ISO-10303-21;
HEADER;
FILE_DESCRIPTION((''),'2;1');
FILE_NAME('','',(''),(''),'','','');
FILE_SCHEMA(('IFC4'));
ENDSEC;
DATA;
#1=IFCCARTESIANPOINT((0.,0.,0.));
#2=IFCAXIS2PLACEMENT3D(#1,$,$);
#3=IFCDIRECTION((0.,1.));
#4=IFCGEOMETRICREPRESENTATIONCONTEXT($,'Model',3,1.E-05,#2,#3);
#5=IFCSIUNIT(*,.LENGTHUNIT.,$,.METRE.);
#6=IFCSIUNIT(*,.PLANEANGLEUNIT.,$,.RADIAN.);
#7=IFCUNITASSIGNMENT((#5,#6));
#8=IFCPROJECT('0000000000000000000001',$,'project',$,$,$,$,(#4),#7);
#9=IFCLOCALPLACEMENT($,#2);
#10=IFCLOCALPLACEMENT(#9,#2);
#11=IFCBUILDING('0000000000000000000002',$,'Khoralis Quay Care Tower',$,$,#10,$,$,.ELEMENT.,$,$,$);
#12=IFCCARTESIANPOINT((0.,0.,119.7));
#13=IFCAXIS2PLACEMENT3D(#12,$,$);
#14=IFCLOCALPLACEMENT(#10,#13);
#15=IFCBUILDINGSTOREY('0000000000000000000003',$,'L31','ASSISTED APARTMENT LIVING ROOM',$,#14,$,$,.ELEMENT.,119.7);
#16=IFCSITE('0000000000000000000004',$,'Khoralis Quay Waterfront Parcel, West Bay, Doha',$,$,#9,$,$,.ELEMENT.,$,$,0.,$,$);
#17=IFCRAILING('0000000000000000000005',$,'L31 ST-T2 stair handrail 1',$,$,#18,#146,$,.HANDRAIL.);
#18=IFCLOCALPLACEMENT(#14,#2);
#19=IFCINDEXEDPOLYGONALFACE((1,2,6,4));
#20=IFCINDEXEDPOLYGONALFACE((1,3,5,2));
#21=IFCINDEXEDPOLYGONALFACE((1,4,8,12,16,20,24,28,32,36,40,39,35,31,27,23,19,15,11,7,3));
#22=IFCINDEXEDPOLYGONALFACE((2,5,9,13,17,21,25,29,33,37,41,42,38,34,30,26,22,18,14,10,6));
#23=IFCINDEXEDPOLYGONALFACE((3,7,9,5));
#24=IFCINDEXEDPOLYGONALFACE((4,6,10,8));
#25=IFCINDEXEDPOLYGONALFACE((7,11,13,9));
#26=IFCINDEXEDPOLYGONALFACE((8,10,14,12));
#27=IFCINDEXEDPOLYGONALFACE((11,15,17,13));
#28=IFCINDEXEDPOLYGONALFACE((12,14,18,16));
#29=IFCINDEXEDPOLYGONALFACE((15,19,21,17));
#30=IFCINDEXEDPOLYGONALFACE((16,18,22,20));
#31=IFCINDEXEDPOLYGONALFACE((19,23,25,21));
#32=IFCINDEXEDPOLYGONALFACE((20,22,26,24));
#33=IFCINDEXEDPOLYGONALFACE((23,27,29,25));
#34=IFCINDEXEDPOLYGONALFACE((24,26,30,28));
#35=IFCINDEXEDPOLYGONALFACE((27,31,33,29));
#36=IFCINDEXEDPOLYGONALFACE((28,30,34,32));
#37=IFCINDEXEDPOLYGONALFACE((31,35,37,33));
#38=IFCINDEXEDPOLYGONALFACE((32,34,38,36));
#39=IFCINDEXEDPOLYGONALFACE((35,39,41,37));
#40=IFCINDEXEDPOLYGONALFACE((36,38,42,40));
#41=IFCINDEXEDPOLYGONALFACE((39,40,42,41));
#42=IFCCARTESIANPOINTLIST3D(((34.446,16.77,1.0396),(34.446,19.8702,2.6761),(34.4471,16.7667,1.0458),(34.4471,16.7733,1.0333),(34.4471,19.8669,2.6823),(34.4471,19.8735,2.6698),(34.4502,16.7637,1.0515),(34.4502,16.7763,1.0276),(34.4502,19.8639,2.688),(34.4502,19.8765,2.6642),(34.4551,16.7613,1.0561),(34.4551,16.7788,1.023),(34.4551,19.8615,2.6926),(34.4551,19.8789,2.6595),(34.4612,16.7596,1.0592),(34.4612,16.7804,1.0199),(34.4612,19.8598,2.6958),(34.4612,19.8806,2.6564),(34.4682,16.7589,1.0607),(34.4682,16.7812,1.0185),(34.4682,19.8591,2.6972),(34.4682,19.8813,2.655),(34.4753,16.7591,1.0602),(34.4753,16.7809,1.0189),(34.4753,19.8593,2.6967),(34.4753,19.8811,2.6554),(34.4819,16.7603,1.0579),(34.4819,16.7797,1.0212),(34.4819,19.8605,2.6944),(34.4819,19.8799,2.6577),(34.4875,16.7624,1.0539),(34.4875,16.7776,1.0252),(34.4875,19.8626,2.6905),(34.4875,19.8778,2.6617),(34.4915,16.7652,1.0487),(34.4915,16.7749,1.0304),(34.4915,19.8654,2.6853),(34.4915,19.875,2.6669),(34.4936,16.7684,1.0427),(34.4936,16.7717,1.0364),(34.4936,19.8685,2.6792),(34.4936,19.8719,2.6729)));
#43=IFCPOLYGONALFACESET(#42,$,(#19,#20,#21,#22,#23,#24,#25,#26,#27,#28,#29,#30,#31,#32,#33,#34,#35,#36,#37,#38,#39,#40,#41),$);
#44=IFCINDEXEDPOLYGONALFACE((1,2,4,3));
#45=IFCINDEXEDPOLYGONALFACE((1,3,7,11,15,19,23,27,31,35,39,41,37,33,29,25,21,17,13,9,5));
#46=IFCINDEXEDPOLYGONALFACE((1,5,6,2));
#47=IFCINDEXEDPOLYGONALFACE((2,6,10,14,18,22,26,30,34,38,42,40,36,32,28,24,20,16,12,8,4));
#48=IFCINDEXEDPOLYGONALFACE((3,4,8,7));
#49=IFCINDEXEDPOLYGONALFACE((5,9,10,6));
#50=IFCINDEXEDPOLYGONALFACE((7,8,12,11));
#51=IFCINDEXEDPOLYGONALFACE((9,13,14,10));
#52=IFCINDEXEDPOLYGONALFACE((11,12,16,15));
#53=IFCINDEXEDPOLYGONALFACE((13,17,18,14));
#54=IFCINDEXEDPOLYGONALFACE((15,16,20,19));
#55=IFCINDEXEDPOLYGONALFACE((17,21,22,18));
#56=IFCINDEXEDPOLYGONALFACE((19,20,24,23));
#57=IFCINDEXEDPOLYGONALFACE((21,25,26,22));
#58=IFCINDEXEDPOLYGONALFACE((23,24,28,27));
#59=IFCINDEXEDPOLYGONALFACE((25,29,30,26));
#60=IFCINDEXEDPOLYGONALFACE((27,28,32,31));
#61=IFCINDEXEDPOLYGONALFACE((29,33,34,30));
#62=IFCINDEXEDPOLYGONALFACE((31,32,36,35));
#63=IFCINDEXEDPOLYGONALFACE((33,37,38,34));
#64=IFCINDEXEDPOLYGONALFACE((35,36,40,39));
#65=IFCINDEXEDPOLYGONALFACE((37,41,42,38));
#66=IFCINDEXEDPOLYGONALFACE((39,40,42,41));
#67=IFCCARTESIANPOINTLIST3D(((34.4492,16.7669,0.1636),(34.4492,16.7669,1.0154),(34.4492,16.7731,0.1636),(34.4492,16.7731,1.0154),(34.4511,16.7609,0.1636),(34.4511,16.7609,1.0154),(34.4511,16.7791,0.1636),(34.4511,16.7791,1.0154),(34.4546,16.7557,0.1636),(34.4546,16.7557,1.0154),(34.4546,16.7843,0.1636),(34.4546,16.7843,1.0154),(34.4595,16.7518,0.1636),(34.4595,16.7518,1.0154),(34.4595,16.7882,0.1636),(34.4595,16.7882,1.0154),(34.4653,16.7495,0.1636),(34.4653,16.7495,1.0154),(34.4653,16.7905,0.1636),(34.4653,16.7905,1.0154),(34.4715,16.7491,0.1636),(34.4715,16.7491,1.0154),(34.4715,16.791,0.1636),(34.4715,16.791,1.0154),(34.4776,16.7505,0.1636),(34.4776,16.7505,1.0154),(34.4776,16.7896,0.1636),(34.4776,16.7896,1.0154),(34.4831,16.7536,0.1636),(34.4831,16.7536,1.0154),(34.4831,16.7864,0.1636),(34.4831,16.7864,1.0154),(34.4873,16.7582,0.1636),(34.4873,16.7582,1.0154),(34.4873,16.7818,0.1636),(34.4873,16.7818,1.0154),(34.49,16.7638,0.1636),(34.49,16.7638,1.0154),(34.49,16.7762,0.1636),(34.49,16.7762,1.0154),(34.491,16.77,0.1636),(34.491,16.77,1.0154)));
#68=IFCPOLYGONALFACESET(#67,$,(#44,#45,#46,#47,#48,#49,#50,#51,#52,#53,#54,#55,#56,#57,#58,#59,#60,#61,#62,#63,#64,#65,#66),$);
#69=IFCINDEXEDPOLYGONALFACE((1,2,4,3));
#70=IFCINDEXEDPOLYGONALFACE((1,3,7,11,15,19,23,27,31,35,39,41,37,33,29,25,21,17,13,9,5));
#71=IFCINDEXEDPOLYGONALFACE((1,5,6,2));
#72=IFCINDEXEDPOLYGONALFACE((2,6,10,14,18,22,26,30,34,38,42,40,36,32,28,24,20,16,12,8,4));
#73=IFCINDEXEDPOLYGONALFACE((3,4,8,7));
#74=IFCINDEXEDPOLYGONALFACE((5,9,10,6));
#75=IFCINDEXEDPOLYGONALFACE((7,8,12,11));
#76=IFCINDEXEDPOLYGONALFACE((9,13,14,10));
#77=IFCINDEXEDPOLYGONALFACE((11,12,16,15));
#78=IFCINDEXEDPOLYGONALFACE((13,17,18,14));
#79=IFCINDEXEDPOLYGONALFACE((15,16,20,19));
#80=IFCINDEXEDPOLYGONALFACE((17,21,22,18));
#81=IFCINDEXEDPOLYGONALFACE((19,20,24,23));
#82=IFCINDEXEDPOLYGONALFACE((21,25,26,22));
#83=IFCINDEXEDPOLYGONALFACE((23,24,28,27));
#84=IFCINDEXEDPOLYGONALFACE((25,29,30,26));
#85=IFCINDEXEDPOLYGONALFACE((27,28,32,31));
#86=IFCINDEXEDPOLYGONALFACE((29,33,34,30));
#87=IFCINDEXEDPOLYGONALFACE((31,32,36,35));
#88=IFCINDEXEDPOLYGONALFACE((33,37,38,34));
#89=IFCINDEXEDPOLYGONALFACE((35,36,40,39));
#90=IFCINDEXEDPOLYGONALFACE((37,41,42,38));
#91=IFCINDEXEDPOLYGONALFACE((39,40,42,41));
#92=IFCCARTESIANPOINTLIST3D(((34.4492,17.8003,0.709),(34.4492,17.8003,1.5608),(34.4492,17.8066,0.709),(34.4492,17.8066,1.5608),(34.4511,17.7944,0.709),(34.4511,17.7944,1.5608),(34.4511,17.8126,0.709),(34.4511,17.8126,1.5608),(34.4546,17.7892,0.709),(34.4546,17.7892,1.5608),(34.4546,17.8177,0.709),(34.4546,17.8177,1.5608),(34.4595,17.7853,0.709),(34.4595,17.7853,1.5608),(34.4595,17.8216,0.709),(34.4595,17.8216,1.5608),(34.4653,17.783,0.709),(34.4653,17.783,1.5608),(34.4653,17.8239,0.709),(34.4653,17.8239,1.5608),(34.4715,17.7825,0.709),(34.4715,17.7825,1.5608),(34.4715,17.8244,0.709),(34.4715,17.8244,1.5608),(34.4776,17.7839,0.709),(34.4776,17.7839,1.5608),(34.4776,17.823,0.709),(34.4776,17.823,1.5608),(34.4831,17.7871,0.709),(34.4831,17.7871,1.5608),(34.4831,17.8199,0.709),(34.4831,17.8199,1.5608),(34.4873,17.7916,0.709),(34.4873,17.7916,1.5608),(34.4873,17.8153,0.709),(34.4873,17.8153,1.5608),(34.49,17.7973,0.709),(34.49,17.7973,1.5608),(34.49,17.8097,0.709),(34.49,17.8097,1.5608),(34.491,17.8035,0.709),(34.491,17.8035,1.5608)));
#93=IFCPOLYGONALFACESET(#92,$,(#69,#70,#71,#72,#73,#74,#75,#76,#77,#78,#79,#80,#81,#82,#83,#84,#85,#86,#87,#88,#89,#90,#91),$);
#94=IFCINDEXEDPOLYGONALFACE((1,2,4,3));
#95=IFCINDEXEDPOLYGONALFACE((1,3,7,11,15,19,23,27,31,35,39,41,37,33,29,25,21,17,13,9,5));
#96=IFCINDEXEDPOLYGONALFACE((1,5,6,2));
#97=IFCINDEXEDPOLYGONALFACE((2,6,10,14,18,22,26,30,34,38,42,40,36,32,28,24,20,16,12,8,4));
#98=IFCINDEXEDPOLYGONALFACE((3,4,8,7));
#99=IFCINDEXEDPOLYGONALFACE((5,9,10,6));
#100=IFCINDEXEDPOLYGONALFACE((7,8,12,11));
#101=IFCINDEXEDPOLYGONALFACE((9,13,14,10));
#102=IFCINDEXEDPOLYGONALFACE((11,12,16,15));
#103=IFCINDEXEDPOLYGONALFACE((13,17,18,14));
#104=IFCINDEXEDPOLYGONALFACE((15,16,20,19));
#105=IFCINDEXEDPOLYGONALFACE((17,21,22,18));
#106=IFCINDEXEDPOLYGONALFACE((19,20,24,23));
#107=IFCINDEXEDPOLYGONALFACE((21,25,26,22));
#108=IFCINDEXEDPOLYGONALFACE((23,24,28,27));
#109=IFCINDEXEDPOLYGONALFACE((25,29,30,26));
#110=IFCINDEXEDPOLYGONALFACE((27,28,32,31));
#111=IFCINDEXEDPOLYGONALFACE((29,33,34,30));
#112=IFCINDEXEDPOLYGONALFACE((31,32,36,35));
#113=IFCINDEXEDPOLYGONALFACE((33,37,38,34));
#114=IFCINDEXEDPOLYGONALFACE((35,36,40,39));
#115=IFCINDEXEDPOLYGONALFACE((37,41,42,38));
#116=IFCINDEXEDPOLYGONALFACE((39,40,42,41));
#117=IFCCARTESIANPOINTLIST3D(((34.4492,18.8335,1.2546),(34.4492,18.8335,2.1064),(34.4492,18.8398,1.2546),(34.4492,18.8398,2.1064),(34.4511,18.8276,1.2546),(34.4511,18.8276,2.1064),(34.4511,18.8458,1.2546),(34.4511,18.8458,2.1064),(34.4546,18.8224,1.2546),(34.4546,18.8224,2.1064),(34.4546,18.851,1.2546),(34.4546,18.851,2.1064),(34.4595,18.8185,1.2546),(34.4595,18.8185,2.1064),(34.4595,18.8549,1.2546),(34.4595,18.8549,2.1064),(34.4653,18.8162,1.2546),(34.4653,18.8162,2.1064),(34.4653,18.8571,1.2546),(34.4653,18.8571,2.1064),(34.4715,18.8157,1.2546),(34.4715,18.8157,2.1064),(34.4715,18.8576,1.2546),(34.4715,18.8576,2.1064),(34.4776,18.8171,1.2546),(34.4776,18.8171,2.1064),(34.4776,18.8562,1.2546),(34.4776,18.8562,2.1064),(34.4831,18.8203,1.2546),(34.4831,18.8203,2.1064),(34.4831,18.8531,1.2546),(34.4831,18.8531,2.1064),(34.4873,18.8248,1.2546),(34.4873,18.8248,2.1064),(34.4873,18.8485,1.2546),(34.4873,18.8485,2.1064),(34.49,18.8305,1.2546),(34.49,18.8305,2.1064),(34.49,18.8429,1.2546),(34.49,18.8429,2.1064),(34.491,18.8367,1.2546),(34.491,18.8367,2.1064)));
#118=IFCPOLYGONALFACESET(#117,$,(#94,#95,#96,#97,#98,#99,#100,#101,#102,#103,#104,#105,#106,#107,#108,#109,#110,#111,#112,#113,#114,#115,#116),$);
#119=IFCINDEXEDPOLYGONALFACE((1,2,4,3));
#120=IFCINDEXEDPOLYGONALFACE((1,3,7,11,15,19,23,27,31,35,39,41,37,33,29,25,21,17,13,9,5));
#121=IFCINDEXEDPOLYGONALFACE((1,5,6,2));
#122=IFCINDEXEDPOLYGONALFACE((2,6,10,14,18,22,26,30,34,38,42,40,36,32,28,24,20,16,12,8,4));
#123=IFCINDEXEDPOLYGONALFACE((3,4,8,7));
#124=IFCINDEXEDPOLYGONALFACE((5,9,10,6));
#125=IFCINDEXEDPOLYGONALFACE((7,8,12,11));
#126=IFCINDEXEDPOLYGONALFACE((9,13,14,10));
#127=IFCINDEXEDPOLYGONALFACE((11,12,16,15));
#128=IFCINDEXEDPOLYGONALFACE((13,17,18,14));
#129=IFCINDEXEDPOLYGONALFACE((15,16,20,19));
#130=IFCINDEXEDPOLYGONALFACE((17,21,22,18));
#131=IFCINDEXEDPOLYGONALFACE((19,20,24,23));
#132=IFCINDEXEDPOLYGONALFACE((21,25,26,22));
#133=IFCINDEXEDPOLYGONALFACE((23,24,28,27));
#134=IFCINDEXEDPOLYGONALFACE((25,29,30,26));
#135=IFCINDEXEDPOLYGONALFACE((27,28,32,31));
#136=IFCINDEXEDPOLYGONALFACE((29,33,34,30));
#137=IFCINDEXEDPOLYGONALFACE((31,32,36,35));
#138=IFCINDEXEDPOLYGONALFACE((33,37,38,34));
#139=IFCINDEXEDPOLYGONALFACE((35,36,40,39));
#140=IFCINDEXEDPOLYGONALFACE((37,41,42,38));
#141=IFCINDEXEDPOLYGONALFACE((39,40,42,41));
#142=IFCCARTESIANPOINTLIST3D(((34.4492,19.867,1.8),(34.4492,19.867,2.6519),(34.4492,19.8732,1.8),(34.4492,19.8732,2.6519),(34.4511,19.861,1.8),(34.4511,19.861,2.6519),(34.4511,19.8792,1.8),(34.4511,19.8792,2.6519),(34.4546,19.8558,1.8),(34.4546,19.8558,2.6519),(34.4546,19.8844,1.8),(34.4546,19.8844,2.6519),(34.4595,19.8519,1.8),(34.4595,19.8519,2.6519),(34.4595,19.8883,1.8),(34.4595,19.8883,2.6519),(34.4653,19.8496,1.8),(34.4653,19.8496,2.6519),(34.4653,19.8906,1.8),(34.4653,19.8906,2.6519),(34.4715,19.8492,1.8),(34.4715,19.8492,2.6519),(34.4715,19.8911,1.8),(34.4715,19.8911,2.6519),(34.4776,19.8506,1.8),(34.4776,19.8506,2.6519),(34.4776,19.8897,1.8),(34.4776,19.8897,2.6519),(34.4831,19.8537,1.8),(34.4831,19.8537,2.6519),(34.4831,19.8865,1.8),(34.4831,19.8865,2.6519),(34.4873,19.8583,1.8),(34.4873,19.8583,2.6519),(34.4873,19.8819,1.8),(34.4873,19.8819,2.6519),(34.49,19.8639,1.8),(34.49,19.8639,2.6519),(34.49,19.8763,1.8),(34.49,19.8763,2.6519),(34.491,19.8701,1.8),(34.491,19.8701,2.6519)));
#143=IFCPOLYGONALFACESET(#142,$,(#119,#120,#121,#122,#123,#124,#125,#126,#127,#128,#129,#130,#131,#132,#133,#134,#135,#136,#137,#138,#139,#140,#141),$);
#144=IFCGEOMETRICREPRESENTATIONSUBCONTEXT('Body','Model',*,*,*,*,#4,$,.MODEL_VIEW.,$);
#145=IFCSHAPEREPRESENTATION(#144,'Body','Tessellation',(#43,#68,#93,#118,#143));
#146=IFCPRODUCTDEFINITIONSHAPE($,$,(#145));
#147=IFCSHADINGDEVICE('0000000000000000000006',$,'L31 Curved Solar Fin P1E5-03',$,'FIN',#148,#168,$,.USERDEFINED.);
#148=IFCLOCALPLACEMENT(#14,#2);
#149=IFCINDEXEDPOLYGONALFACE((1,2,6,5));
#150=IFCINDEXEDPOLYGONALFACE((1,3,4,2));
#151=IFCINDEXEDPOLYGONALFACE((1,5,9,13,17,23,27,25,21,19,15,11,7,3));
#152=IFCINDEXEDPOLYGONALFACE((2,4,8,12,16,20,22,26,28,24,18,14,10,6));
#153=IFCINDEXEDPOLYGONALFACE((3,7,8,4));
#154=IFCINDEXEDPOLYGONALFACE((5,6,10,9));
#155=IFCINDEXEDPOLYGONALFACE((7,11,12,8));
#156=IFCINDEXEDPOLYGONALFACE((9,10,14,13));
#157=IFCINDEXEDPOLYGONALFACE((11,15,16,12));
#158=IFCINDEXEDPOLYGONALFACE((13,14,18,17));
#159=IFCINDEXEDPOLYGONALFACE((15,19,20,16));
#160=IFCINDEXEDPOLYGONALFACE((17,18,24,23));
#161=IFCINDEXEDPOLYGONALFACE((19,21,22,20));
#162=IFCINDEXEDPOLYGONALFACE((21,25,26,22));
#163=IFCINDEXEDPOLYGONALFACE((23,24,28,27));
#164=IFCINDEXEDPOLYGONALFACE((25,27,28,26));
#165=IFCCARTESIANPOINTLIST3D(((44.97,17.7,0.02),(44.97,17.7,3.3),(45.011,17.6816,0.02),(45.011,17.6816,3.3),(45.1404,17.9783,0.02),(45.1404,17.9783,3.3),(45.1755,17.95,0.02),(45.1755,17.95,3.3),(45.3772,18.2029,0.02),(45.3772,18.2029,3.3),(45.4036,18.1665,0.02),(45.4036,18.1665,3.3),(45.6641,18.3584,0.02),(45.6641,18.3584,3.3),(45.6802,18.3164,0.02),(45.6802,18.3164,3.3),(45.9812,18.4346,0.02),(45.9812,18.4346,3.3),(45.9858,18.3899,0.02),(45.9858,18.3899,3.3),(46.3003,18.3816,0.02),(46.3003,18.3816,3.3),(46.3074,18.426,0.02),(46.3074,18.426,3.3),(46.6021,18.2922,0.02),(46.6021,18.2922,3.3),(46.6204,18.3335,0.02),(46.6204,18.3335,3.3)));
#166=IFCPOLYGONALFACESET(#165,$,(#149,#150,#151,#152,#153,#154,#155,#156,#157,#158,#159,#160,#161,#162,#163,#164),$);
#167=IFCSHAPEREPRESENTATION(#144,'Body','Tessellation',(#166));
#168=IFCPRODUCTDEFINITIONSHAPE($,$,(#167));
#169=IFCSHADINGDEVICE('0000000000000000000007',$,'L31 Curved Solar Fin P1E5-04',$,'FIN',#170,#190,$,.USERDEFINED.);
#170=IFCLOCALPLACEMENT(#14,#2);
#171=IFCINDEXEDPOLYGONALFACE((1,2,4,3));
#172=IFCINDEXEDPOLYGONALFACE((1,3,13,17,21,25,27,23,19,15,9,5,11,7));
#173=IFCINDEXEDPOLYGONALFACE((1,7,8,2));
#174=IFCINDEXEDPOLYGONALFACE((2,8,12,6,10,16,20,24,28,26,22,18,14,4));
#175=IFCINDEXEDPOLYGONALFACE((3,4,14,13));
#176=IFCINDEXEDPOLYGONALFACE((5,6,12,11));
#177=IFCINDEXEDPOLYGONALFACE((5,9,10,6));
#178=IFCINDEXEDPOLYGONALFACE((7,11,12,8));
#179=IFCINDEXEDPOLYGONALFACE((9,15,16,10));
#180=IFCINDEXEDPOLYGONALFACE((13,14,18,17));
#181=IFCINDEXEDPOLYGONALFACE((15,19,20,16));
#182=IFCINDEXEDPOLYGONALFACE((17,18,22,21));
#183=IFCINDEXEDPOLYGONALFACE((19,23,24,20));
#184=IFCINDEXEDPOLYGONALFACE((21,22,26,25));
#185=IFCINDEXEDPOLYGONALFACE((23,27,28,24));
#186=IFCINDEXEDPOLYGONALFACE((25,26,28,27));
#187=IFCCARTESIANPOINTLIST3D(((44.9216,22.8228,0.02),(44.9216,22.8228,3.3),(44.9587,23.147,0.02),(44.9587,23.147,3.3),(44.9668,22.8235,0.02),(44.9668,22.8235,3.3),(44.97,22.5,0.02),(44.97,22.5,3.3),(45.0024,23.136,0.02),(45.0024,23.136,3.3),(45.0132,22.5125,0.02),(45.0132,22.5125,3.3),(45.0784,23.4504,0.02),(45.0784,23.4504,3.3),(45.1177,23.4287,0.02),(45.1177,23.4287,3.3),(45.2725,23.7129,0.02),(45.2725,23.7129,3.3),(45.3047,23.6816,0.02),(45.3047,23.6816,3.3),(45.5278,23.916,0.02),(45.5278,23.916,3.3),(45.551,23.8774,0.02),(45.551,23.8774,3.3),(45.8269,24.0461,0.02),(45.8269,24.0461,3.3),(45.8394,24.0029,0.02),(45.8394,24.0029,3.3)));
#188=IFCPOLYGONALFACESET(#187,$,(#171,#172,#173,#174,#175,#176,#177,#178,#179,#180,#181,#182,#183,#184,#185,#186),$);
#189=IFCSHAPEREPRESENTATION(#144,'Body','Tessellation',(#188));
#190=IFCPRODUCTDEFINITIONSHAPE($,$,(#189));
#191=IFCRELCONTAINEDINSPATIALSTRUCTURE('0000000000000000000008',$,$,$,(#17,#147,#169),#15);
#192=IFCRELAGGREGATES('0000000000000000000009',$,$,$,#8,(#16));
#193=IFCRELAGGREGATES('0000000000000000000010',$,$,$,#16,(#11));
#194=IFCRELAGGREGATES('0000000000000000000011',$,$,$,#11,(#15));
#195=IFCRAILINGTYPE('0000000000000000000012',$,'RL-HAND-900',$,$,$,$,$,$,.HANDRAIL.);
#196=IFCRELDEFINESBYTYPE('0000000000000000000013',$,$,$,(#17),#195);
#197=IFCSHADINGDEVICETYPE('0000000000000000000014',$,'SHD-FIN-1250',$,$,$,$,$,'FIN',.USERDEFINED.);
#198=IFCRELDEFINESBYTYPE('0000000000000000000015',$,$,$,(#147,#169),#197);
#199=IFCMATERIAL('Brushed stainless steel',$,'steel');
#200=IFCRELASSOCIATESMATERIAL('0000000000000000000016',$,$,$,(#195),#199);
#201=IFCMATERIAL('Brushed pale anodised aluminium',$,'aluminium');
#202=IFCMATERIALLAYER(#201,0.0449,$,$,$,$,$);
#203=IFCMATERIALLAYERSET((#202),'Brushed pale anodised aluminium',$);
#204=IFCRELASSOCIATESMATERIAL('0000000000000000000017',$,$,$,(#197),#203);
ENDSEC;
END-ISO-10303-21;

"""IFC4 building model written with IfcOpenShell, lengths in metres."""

from ifc_helpers import new_model, si_unit, direction, frame, origin, origin_2d, place, context, subcontext, project, spatial, polyline, circle, outline, extrude, source, transform, mapped, material, layer, layer_set, type_object, element, save


model = new_model("IFC4")

# Units and contexts
model_context = context("Model", 3, precision=1e-05, world=origin(), true_north=direction((0.0, 1.0)))
body_context = subcontext(model_context, "Body", "Model", "MODEL_VIEW")
ifc_project = project(units=[si_unit("LENGTHUNIT", "METRE"), si_unit("PLANEANGLEUNIT", "RADIAN")], contexts=[model_context])

# Site, building, storey
site_placement = place(None, origin())
site = spatial("IfcSite", under=ifc_project, at=site_placement, Name="Khoralis Quay Waterfront Parcel, West Bay, Doha", CompositionType="ELEMENT", RefElevation=0.0)
building_placement = place(site_placement, origin())
building = spatial("IfcBuilding", under=site, at=building_placement, Name="Khoralis Quay Care Tower", CompositionType="ELEMENT")
storey_placement = place(building_placement, frame((0.0, 0.0, 119.7)))
storey = spatial("IfcBuildingStorey", under=building, at=storey_placement, Name="L31", Description="ASSISTED APARTMENT LIVING ROOM", CompositionType="ELEMENT", Elevation=119.7)

# Railing
ifc_material_1 = material(Name="Brushed stainless steel", Category="steel")
railing_type_1 = type_object("IfcRailingType", Name="RL-HAND-900", PredefinedType="HANDRAIL", material=ifc_material_1)
railing_1_placement = place(storey_placement, frame((34.47, 16.77, 0.1636)))
element("IfcRailing", 1, at=railing_1_placement, inside=storey, type_object=railing_type_1, Name="L31 ST-T2 stair handrail 1", PredefinedType="HANDRAIL", context=body_context, shape_type="SweptSolid", body=[
    extrude(circle(Radius=0.0239, at=origin_2d()), frame((0.0, 0.0, 0.876), z_axis=(0.0, 0.884348, 0.466828), x_axis=(-1.0, 0.0, 0.0)), (0.0, 0.0, 1.0), 3.5056),
    extrude(circle(Radius=0.021, at=origin_2d()), origin(), (0.0, 0.0, 1.0), 0.8518),
    extrude(circle(Radius=0.021, at=origin_2d()), frame((0.0, 1.0334, 0.5454)), (0.0, 0.0, 1.0), 0.8518),
    extrude(circle(Radius=0.021, at=origin_2d()), frame((0.0, 2.0667, 1.0911)), (0.0, 0.0, 1.0), 0.8518),
    extrude(circle(Radius=0.021, at=origin_2d()), frame((0.0, 3.1001, 1.6365)), (0.0, 0.0, 1.0), 0.8518),
])

# Shading devices
ifc_material_2 = material(Name="Brushed pale anodised aluminium", Category="aluminium")
ifc_layer_1 = layer(ifc_material_2, 0.0449)
ifc_layer_set_1 = layer_set([ifc_layer_1], Name="Brushed pale anodised aluminium")
shading_device_type = type_object("IfcShadingDeviceType", Name="SHD-FIN-1250", ElementType="FIN", PredefinedType="USERDEFINED", material=ifc_layer_set_1)
shared_shape_1 = source(origin(), body_context, "Body", "SweptSolid", [
    extrude(outline(polyline([(0.0, 0.0), (0.1704, 0.2783), (0.4072, 0.5029), (0.6941, 0.6584), (1.0112, 0.7346), (1.3374, 0.7261), (1.6504, 0.6335), (1.6321, 0.5923), (1.3303, 0.6816), (1.0159, 0.6899), (0.7102, 0.6165), (0.4336, 0.4666), (0.2056, 0.25), (0.041, -0.0183), (0.0, 0.0)])), origin(), (0.0, 0.0, 1.0), 3.28),
])
shading_device_1_placement = place(storey_placement, frame((44.97, 17.7, 0.02), z_axis=(0.0, 0.0, 1.0), x_axis=(1.0, 0.0, 0.0)))
element("IfcShadingDevice", 2, at=shading_device_1_placement, inside=storey, type_object=shading_device_type, Name="L31 Curved Solar Fin P1E5-03", ObjectType="FIN", PredefinedType="USERDEFINED", context=body_context, shape_type="MappedRepresentation", body=[
    mapped(shared_shape_1, transform((0.0, 0.0, 0.0), scale=1.0)),
])
shared_shape_2 = source(origin(), body_context, "Body", "SweptSolid", [
    extrude(outline(polyline([(0.0, 0.0), (-0.0483, 0.3228), (-0.0112, 0.647), (0.1084, 0.9504), (0.3025, 1.2129), (0.5579, 1.416), (0.8569, 1.5461), (0.8694, 1.5029), (0.5811, 1.3774), (0.3347, 1.1816), (0.1477, 0.9287), (0.0325, 0.636), (-0.0032, 0.3235), (0.0432, 0.0125), (0.0, 0.0)])), origin(), (0.0, 0.0, 1.0), 3.28),
])
shading_device_2_placement = place(storey_placement, frame((44.97, 22.5, 0.02), z_axis=(0.0, 0.0, 1.0), x_axis=(1.0, 0.0, 0.0)))
element("IfcShadingDevice", 3, at=shading_device_2_placement, inside=storey, type_object=shading_device_type, Name="L31 Curved Solar Fin P1E5-04", ObjectType="FIN", PredefinedType="USERDEFINED", context=body_context, shape_type="MappedRepresentation", body=[
    mapped(shared_shape_2, transform((0.0, 0.0, 0.0), scale=1.0)),
])

save(model, "model.ifc")
